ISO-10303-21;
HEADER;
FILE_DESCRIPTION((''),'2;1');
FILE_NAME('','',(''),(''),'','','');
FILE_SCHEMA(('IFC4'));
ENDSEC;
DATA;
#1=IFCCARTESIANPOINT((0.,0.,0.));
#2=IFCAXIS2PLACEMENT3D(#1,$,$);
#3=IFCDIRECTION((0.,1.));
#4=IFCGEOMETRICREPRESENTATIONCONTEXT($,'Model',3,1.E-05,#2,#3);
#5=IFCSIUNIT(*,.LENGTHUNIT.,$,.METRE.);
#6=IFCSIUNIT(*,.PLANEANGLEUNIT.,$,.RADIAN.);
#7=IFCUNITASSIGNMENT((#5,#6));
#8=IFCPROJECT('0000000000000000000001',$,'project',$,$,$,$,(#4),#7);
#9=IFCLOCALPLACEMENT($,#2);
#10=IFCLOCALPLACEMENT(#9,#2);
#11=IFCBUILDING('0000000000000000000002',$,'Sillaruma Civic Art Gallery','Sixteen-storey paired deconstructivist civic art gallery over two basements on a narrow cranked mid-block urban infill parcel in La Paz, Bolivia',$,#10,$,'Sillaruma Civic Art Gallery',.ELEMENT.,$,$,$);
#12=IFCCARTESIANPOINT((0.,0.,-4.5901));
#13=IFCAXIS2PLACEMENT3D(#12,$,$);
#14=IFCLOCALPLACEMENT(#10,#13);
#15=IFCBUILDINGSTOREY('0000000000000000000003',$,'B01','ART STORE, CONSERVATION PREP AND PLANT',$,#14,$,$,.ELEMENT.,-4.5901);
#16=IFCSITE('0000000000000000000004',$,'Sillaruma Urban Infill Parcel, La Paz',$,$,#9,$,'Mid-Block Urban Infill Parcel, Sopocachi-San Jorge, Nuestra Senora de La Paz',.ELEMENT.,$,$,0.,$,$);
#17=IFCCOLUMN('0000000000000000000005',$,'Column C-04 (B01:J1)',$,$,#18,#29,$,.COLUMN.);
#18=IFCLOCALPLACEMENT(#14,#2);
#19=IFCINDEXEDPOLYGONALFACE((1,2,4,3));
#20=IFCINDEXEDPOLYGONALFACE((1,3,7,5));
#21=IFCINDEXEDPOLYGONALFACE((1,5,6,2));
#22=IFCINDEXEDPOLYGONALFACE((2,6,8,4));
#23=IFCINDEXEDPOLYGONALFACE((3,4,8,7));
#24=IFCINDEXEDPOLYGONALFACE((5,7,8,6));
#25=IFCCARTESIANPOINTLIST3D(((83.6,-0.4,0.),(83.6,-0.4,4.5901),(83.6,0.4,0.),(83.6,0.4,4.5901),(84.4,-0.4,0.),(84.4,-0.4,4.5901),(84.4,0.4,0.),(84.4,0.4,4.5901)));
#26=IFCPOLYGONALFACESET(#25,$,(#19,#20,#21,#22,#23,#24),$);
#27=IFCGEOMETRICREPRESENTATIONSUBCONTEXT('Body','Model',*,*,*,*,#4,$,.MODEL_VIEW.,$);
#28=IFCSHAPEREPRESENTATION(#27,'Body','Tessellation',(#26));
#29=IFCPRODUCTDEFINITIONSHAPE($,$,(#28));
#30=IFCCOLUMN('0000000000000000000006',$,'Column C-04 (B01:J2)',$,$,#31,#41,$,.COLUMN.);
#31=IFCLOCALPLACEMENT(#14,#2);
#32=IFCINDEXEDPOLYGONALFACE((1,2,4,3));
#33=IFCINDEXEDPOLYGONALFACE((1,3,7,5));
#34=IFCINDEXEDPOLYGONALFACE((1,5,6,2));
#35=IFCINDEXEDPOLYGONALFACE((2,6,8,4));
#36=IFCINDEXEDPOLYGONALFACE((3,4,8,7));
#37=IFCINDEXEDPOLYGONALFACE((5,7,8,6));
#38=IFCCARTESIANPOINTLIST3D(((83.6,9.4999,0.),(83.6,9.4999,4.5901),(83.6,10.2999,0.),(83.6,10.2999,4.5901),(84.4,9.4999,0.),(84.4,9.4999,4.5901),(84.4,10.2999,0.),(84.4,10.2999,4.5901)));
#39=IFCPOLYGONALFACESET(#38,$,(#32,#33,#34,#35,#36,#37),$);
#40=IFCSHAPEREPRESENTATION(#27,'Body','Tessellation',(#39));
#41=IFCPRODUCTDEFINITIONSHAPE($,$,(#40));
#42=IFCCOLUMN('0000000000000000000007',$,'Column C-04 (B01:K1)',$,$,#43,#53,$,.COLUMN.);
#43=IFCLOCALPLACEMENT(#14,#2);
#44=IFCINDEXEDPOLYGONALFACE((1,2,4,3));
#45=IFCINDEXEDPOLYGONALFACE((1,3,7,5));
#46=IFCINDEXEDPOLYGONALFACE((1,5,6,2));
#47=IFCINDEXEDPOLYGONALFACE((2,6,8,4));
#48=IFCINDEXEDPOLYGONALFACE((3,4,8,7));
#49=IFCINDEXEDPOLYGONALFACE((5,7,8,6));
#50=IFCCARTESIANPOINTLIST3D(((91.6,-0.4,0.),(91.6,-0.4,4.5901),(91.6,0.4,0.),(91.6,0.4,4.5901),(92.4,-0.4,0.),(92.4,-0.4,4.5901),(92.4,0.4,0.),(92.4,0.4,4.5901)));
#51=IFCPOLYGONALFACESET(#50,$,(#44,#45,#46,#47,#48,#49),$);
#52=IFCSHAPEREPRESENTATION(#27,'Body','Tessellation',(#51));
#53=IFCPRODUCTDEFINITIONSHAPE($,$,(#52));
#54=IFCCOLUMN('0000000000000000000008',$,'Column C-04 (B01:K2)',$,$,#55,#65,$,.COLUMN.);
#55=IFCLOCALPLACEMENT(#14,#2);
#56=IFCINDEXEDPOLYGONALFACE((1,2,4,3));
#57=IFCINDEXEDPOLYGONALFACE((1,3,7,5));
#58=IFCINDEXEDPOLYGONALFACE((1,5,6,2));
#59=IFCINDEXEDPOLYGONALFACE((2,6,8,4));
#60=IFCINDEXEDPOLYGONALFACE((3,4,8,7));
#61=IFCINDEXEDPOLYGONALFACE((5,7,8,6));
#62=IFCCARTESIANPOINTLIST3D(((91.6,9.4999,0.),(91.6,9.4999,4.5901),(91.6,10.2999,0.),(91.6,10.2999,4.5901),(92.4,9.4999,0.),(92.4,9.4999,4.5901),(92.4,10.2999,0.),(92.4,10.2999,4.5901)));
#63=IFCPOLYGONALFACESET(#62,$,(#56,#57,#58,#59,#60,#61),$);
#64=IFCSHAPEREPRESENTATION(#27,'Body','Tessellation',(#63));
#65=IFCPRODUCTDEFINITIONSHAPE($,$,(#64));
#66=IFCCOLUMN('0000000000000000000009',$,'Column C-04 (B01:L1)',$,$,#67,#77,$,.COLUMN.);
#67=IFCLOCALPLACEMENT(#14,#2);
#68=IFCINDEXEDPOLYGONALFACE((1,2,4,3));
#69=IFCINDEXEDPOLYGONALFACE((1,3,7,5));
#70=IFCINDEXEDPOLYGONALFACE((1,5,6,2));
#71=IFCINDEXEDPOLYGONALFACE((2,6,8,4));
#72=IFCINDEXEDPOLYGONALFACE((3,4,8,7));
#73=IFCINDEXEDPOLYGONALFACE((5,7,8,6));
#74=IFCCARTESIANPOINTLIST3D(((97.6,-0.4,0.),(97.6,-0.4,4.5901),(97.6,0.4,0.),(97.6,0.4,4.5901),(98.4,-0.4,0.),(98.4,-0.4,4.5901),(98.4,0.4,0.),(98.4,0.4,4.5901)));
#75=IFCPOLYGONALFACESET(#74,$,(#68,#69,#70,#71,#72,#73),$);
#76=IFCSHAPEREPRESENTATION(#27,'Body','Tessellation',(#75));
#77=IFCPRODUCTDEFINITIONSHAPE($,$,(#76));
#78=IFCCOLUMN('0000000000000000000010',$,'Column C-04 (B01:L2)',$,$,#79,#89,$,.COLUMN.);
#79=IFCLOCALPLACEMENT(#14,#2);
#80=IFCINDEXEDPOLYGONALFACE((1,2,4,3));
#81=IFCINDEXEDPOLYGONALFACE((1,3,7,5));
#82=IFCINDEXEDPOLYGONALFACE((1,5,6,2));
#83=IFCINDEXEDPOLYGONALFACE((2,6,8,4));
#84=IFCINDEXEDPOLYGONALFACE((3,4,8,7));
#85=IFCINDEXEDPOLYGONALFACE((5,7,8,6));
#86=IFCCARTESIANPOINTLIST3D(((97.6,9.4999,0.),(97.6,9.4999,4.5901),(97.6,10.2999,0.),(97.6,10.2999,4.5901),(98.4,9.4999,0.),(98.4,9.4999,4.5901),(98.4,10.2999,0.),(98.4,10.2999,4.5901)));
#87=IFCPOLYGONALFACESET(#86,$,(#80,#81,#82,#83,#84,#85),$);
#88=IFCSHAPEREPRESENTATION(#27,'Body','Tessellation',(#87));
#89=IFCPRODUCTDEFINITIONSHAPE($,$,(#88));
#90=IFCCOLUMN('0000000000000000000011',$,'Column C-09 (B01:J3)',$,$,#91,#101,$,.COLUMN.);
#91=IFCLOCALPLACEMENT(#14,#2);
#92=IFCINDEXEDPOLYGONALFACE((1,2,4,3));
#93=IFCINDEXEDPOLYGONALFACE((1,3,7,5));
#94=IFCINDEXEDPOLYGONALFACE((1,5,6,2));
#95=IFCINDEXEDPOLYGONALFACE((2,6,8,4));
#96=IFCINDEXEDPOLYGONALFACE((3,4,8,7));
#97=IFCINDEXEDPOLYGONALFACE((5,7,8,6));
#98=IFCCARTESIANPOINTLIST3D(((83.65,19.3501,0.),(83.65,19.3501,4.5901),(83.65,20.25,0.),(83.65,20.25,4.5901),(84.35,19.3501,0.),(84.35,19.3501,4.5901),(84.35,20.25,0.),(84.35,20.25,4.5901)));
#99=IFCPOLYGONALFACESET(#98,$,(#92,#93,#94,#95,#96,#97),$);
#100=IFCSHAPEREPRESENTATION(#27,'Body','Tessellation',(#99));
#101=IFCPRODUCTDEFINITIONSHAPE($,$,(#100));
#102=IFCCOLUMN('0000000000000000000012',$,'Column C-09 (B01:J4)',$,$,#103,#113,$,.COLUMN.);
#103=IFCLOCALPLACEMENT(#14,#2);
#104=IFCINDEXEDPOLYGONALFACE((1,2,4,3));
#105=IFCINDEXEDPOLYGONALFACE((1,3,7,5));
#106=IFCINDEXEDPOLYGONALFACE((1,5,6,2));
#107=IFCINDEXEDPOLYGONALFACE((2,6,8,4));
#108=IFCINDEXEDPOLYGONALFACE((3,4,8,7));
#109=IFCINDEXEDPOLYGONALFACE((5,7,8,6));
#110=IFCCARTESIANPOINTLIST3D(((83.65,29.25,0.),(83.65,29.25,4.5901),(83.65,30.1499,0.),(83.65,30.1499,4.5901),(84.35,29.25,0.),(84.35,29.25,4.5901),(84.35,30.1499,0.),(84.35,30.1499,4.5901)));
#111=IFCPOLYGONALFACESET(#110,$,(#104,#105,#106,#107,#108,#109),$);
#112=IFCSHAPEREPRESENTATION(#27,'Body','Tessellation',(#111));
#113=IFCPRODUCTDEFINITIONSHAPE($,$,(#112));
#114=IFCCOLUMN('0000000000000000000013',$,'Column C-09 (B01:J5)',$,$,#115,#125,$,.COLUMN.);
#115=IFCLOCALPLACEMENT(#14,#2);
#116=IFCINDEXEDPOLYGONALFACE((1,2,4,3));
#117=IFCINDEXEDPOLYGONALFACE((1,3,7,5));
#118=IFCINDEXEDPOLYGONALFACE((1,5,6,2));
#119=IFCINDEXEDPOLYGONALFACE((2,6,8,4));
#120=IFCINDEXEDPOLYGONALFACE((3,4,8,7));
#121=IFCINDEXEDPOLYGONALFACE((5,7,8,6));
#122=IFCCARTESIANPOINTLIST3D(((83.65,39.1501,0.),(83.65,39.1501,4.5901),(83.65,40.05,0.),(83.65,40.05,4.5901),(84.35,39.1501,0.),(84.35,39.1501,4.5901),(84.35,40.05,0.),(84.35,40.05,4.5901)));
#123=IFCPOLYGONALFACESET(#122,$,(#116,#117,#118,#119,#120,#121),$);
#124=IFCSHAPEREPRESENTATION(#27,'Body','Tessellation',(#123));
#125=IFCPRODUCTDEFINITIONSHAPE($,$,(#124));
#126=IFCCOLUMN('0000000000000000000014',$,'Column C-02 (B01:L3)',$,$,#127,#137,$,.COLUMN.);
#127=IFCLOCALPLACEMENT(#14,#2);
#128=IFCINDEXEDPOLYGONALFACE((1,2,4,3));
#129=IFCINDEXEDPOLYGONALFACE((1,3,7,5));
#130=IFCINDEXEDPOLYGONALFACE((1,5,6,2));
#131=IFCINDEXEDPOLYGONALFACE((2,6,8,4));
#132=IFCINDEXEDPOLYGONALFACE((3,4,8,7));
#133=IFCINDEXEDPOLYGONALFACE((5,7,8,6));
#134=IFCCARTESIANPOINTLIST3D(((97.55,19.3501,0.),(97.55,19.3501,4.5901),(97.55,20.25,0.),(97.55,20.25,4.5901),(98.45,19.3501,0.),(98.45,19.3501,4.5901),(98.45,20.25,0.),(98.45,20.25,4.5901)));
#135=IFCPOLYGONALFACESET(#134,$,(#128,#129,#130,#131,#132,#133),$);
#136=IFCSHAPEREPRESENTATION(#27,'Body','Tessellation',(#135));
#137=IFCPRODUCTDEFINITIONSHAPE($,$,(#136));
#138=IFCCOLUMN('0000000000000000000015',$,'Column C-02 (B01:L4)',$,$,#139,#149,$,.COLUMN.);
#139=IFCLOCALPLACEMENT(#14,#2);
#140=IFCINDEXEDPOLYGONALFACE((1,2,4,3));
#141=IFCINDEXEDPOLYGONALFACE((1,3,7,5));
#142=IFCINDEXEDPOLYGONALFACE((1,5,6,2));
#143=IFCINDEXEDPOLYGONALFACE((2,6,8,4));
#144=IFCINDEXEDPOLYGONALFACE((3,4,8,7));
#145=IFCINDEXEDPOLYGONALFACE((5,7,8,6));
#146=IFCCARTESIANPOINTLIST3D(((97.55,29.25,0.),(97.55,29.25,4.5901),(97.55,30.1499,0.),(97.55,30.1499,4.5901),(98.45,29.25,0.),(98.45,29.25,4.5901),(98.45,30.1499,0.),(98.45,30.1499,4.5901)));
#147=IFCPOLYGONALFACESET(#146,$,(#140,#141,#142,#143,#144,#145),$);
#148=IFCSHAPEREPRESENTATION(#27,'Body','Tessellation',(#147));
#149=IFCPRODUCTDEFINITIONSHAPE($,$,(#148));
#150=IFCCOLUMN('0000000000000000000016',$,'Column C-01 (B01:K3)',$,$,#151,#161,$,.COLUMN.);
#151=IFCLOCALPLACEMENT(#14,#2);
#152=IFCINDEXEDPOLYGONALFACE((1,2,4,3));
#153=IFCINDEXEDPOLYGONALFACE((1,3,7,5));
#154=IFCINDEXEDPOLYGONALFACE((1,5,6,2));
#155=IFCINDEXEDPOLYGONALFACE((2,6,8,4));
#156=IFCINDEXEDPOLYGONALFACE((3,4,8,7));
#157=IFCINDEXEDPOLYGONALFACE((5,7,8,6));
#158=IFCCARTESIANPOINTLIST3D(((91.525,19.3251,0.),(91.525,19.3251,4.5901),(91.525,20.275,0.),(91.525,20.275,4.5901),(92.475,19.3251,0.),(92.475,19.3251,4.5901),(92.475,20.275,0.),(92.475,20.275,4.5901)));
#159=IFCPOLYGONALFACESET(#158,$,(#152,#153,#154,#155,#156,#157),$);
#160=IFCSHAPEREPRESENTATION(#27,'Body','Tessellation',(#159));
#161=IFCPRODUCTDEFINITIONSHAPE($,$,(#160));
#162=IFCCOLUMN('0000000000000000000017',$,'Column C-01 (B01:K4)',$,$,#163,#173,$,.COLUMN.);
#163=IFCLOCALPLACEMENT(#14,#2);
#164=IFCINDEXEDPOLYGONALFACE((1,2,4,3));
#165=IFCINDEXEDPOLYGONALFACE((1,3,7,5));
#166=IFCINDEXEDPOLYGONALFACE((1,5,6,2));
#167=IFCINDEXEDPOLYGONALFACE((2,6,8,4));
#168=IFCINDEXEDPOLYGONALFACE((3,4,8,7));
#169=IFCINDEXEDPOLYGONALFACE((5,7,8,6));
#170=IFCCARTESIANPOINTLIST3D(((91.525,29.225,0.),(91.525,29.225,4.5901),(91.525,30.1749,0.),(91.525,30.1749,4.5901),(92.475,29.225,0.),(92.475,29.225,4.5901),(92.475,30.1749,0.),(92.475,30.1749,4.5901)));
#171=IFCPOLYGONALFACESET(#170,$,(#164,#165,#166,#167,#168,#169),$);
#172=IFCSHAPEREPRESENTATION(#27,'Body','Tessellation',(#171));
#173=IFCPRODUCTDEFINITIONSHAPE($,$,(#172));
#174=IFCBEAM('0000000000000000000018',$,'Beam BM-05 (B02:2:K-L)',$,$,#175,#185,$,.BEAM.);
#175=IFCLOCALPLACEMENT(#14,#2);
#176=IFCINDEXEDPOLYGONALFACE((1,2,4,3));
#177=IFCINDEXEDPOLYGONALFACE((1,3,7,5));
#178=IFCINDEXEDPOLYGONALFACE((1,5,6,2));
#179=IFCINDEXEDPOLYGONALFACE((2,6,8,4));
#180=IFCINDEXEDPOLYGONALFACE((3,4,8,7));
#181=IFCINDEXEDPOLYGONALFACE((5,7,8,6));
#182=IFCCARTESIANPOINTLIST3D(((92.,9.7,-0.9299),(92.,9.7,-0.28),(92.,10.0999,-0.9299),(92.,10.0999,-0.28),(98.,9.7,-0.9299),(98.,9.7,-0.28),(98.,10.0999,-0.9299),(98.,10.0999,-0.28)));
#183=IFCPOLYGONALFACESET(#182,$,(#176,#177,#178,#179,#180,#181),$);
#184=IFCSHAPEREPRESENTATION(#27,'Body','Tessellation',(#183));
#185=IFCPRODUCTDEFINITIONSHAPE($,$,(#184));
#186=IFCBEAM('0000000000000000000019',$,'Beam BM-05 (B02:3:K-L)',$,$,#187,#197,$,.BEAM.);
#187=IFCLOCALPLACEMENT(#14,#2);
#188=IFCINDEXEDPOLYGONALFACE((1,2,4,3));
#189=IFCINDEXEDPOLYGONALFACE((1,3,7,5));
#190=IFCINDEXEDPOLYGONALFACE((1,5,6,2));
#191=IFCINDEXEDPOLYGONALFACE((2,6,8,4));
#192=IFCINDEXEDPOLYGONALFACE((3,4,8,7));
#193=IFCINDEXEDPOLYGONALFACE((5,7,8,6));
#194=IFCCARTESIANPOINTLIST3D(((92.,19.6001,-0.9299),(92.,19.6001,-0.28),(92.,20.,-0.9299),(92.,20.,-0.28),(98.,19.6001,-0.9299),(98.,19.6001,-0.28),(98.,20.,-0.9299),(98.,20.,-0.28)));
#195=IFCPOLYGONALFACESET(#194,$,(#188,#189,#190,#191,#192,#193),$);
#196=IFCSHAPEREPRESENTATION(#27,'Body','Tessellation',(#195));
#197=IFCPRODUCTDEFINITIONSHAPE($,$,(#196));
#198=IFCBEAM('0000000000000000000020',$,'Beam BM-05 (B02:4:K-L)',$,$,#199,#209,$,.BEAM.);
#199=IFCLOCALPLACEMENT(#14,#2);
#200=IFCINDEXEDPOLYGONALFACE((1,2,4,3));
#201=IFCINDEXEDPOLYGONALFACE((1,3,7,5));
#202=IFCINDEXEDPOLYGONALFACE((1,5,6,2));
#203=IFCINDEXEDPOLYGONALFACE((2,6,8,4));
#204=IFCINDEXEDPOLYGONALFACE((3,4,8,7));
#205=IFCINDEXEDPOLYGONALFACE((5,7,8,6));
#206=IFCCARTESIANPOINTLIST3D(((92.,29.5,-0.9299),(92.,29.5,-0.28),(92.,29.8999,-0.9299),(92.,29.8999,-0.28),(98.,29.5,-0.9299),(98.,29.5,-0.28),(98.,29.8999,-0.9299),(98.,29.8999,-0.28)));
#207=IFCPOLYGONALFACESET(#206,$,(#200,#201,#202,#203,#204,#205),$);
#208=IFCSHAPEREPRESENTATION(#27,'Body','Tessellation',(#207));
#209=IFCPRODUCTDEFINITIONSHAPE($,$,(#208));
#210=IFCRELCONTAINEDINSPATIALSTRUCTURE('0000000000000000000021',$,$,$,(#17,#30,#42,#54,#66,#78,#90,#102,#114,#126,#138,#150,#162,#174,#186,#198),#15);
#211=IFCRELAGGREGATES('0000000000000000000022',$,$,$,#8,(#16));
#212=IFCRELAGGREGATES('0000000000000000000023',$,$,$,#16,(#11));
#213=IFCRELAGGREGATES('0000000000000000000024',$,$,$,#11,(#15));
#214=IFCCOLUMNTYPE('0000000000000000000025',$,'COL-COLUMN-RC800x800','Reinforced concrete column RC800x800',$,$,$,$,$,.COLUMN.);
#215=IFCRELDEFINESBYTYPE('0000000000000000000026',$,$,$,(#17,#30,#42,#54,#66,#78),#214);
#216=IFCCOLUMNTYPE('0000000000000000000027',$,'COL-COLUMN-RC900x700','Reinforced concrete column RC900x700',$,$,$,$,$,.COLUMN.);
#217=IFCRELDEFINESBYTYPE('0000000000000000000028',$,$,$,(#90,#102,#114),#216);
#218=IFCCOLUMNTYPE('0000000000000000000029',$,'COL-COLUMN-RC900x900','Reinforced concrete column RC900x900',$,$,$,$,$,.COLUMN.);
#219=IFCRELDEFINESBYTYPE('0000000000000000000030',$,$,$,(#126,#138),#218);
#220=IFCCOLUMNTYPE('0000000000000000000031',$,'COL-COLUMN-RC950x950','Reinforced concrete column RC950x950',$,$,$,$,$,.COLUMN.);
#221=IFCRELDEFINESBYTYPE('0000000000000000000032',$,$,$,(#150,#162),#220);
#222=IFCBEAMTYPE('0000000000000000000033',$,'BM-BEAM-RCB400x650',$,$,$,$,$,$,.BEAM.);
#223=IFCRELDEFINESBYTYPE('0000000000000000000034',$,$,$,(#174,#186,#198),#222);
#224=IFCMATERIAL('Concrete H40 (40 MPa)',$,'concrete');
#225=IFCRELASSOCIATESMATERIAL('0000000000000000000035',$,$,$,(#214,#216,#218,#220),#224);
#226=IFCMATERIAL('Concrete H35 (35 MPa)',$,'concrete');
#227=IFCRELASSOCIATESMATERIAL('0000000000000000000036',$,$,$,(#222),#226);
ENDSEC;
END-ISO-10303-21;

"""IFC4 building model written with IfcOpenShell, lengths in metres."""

from ifc_helpers import new_model, si_unit, direction, frame, origin, origin_2d, place, context, subcontext, project, spatial, rectangle, extrude, material, material_profile, profile_set, type_object, element, save


model = new_model("IFC4")

# Units and contexts
model_context = context("Model", 3, precision=1e-05, world=origin(), true_north=direction((0.0, 1.0)))
body_context = subcontext(model_context, "Body", "Model", "MODEL_VIEW")
ifc_project = project(units=[si_unit("LENGTHUNIT", "METRE"), si_unit("PLANEANGLEUNIT", "RADIAN")], contexts=[model_context])

# Site, building, storey
site_placement = place(None, origin())
site = spatial("IfcSite", under=ifc_project, at=site_placement, Name="Sillaruma Urban Infill Parcel, La Paz", LongName="Mid-Block Urban Infill Parcel, Sopocachi-San Jorge, Nuestra Senora de La Paz", CompositionType="ELEMENT", RefElevation=0.0)
building_placement = place(site_placement, origin())
building = spatial("IfcBuilding", under=site, at=building_placement, Name="Sillaruma Civic Art Gallery", Description="Sixteen-storey paired deconstructivist civic art gallery over two basements on a narrow cranked mid-block urban infill parcel in La Paz, Bolivia", LongName="Sillaruma Civic Art Gallery", CompositionType="ELEMENT")
storey_placement = place(building_placement, frame((0.0, 0.0, -4.5901)))
storey = spatial("IfcBuildingStorey", under=building, at=storey_placement, Name="B01", Description="ART STORE, CONSERVATION PREP AND PLANT", CompositionType="ELEMENT", Elevation=-4.5901)

# Columns
ifc_material_1 = material(Name="Concrete H40 (40 MPa)", Category="concrete")
ifc_material_profile_1 = material_profile(ifc_material_1, rectangle(XDim=0.8, YDim=0.8, at=origin_2d()), Name="RC800x800")
ifc_profile_set_1 = profile_set([ifc_material_profile_1], Name="Concrete H40 (40 MPa)")
column_type_1 = type_object("IfcColumnType", Name="COL-COLUMN-RC800x800", Description="Reinforced concrete column RC800x800", PredefinedType="COLUMN", material=ifc_profile_set_1)
for number, where, z_axis, x_axis, name in (
    (1, (84.0, 0.0, 0.0), (0.0, 0.0, 1.0), (1.0, 0.0, 0.0), "Column C-04 (B01:J1)"),
    (2, (84.0, 9.8999, 0.0), (0.0, 0.0, 1.0), (1.0, 0.0, 0.0), "Column C-04 (B01:J2)"),
    (3, (92.0, 0.0, 0.0), (0.0, 0.0, 1.0), (1.0, 0.0, 0.0), "Column C-04 (B01:K1)"),
    (4, (92.0, 9.8999, 0.0), (0.0, 0.0, 1.0), (1.0, 0.0, 0.0), "Column C-04 (B01:K2)"),
    (5, (98.0, 0.0, 0.0), (0.0, 0.0, 1.0), (1.0, 0.0, 0.0), "Column C-04 (B01:L1)"),
    (6, (98.0, 9.8999, 0.0), (0.0, 0.0, 1.0), (1.0, 0.0, 0.0), "Column C-04 (B01:L2)"),
):
    element("IfcColumn", number, at=place(storey_placement, frame(where, z_axis=z_axis, x_axis=x_axis)), inside=storey, type_object=column_type_1, Name=name, PredefinedType="COLUMN", context=body_context, shape_type="SweptSolid", body=[
        extrude(rectangle(XDim=0.8, YDim=0.8, at=origin_2d()), origin(), (0.0, 0.0, 1.0), 4.5901),
    ])
ifc_material_profile_2 = material_profile(ifc_material_1, rectangle(XDim=0.7, YDim=0.8999, at=origin_2d()), Name="RC900x700")
ifc_profile_set_2 = profile_set([ifc_material_profile_2], Name="Concrete H40 (40 MPa)")
column_type_2 = type_object("IfcColumnType", Name="COL-COLUMN-RC900x700", Description="Reinforced concrete column RC900x700", PredefinedType="COLUMN", material=ifc_profile_set_2)
for number, where, z_axis, x_axis, name in (
    (7, (84.0, 19.8, 0.0), (0.0, 0.0, 1.0), (1.0, 0.0, 0.0), "Column C-09 (B01:J3)"),
    (8, (84.0, 29.7, 0.0), (0.0, 0.0, 1.0), (1.0, 0.0, 0.0), "Column C-09 (B01:J4)"),
    (9, (84.0, 39.6001, 0.0), (0.0, 0.0, 1.0), (1.0, 0.0, 0.0), "Column C-09 (B01:J5)"),
):
    element("IfcColumn", number, at=place(storey_placement, frame(where, z_axis=z_axis, x_axis=x_axis)), inside=storey, type_object=column_type_2, Name=name, PredefinedType="COLUMN", context=body_context, shape_type="SweptSolid", body=[
        extrude(rectangle(XDim=0.7, YDim=0.8999, at=origin_2d()), origin(), (0.0, 0.0, 1.0), 4.5901),
    ])
ifc_material_profile_3 = material_profile(ifc_material_1, rectangle(XDim=0.8999, YDim=0.8999, at=origin_2d()), Name="RC900x900")
ifc_profile_set_3 = profile_set([ifc_material_profile_3], Name="Concrete H40 (40 MPa)")
column_type_3 = type_object("IfcColumnType", Name="COL-COLUMN-RC900x900", Description="Reinforced concrete column RC900x900", PredefinedType="COLUMN", material=ifc_profile_set_3)
for number, where, z_axis, x_axis, name in (
    (10, (98.0, 19.8, 0.0), (0.0, 0.0, 1.0), (1.0, 0.0, 0.0), "Column C-02 (B01:L3)"),
    (11, (98.0, 29.7, 0.0), (0.0, 0.0, 1.0), (1.0, 0.0, 0.0), "Column C-02 (B01:L4)"),
):
    element("IfcColumn", number, at=place(storey_placement, frame(where, z_axis=z_axis, x_axis=x_axis)), inside=storey, type_object=column_type_3, Name=name, PredefinedType="COLUMN", context=body_context, shape_type="SweptSolid", body=[
        extrude(rectangle(XDim=0.8999, YDim=0.8999, at=origin_2d()), origin(), (0.0, 0.0, 1.0), 4.5901),
    ])
ifc_material_profile_4 = material_profile(ifc_material_1, rectangle(XDim=0.95, YDim=0.95, at=origin_2d()), Name="RC950x950")
ifc_profile_set_4 = profile_set([ifc_material_profile_4], Name="Concrete H40 (40 MPa)")
column_type_4 = type_object("IfcColumnType", Name="COL-COLUMN-RC950x950", Description="Reinforced concrete column RC950x950", PredefinedType="COLUMN", material=ifc_profile_set_4)
for number, where, z_axis, x_axis, name in (
    (12, (92.0, 19.8, 0.0), (0.0, 0.0, 1.0), (1.0, 0.0, 0.0), "Column C-01 (B01:K3)"),
    (13, (92.0, 29.7, 0.0), (0.0, 0.0, 1.0), (1.0, 0.0, 0.0), "Column C-01 (B01:K4)"),
):
    element("IfcColumn", number, at=place(storey_placement, frame(where, z_axis=z_axis, x_axis=x_axis)), inside=storey, type_object=column_type_4, Name=name, PredefinedType="COLUMN", context=body_context, shape_type="SweptSolid", body=[
        extrude(rectangle(XDim=0.95, YDim=0.95, at=origin_2d()), origin(), (0.0, 0.0, 1.0), 4.5901),
    ])

# Beams
ifc_material_2 = material(Name="Concrete H35 (35 MPa)", Category="concrete")
ifc_material_profile_5 = material_profile(ifc_material_2, rectangle(XDim=0.3999, YDim=0.6499, at=origin_2d()), Name="RCB400x650")
ifc_profile_set_5 = profile_set([ifc_material_profile_5], Name="Concrete H35 (35 MPa)")
beam_type_1 = type_object("IfcBeamType", Name="BM-BEAM-RCB400x650", PredefinedType="BEAM", material=ifc_profile_set_5)
for number, where, z_axis, x_axis, name in (
    (14, (92.0, 9.8999, -0.605), (1.0, 0.0, 0.0), (0.0, 1.0, 0.0), "Beam BM-05 (B02:2:K-L)"),
    (15, (92.0, 19.8, -0.605), (1.0, 0.0, 0.0), (0.0, 1.0, 0.0), "Beam BM-05 (B02:3:K-L)"),
    (16, (92.0, 29.7, -0.605), (1.0, 0.0, 0.0), (0.0, 1.0, 0.0), "Beam BM-05 (B02:4:K-L)"),
):
    element("IfcBeam", number, at=place(storey_placement, frame(where, z_axis=z_axis, x_axis=x_axis)), inside=storey, type_object=beam_type_1, Name=name, PredefinedType="BEAM", context=body_context, shape_type="SweptSolid", body=[
        extrude(rectangle(XDim=0.3999, YDim=0.6499, at=origin_2d()), origin(), (0.0, 0.0, 1.0), 6.0),
    ])

save(model, "model.ifc")
